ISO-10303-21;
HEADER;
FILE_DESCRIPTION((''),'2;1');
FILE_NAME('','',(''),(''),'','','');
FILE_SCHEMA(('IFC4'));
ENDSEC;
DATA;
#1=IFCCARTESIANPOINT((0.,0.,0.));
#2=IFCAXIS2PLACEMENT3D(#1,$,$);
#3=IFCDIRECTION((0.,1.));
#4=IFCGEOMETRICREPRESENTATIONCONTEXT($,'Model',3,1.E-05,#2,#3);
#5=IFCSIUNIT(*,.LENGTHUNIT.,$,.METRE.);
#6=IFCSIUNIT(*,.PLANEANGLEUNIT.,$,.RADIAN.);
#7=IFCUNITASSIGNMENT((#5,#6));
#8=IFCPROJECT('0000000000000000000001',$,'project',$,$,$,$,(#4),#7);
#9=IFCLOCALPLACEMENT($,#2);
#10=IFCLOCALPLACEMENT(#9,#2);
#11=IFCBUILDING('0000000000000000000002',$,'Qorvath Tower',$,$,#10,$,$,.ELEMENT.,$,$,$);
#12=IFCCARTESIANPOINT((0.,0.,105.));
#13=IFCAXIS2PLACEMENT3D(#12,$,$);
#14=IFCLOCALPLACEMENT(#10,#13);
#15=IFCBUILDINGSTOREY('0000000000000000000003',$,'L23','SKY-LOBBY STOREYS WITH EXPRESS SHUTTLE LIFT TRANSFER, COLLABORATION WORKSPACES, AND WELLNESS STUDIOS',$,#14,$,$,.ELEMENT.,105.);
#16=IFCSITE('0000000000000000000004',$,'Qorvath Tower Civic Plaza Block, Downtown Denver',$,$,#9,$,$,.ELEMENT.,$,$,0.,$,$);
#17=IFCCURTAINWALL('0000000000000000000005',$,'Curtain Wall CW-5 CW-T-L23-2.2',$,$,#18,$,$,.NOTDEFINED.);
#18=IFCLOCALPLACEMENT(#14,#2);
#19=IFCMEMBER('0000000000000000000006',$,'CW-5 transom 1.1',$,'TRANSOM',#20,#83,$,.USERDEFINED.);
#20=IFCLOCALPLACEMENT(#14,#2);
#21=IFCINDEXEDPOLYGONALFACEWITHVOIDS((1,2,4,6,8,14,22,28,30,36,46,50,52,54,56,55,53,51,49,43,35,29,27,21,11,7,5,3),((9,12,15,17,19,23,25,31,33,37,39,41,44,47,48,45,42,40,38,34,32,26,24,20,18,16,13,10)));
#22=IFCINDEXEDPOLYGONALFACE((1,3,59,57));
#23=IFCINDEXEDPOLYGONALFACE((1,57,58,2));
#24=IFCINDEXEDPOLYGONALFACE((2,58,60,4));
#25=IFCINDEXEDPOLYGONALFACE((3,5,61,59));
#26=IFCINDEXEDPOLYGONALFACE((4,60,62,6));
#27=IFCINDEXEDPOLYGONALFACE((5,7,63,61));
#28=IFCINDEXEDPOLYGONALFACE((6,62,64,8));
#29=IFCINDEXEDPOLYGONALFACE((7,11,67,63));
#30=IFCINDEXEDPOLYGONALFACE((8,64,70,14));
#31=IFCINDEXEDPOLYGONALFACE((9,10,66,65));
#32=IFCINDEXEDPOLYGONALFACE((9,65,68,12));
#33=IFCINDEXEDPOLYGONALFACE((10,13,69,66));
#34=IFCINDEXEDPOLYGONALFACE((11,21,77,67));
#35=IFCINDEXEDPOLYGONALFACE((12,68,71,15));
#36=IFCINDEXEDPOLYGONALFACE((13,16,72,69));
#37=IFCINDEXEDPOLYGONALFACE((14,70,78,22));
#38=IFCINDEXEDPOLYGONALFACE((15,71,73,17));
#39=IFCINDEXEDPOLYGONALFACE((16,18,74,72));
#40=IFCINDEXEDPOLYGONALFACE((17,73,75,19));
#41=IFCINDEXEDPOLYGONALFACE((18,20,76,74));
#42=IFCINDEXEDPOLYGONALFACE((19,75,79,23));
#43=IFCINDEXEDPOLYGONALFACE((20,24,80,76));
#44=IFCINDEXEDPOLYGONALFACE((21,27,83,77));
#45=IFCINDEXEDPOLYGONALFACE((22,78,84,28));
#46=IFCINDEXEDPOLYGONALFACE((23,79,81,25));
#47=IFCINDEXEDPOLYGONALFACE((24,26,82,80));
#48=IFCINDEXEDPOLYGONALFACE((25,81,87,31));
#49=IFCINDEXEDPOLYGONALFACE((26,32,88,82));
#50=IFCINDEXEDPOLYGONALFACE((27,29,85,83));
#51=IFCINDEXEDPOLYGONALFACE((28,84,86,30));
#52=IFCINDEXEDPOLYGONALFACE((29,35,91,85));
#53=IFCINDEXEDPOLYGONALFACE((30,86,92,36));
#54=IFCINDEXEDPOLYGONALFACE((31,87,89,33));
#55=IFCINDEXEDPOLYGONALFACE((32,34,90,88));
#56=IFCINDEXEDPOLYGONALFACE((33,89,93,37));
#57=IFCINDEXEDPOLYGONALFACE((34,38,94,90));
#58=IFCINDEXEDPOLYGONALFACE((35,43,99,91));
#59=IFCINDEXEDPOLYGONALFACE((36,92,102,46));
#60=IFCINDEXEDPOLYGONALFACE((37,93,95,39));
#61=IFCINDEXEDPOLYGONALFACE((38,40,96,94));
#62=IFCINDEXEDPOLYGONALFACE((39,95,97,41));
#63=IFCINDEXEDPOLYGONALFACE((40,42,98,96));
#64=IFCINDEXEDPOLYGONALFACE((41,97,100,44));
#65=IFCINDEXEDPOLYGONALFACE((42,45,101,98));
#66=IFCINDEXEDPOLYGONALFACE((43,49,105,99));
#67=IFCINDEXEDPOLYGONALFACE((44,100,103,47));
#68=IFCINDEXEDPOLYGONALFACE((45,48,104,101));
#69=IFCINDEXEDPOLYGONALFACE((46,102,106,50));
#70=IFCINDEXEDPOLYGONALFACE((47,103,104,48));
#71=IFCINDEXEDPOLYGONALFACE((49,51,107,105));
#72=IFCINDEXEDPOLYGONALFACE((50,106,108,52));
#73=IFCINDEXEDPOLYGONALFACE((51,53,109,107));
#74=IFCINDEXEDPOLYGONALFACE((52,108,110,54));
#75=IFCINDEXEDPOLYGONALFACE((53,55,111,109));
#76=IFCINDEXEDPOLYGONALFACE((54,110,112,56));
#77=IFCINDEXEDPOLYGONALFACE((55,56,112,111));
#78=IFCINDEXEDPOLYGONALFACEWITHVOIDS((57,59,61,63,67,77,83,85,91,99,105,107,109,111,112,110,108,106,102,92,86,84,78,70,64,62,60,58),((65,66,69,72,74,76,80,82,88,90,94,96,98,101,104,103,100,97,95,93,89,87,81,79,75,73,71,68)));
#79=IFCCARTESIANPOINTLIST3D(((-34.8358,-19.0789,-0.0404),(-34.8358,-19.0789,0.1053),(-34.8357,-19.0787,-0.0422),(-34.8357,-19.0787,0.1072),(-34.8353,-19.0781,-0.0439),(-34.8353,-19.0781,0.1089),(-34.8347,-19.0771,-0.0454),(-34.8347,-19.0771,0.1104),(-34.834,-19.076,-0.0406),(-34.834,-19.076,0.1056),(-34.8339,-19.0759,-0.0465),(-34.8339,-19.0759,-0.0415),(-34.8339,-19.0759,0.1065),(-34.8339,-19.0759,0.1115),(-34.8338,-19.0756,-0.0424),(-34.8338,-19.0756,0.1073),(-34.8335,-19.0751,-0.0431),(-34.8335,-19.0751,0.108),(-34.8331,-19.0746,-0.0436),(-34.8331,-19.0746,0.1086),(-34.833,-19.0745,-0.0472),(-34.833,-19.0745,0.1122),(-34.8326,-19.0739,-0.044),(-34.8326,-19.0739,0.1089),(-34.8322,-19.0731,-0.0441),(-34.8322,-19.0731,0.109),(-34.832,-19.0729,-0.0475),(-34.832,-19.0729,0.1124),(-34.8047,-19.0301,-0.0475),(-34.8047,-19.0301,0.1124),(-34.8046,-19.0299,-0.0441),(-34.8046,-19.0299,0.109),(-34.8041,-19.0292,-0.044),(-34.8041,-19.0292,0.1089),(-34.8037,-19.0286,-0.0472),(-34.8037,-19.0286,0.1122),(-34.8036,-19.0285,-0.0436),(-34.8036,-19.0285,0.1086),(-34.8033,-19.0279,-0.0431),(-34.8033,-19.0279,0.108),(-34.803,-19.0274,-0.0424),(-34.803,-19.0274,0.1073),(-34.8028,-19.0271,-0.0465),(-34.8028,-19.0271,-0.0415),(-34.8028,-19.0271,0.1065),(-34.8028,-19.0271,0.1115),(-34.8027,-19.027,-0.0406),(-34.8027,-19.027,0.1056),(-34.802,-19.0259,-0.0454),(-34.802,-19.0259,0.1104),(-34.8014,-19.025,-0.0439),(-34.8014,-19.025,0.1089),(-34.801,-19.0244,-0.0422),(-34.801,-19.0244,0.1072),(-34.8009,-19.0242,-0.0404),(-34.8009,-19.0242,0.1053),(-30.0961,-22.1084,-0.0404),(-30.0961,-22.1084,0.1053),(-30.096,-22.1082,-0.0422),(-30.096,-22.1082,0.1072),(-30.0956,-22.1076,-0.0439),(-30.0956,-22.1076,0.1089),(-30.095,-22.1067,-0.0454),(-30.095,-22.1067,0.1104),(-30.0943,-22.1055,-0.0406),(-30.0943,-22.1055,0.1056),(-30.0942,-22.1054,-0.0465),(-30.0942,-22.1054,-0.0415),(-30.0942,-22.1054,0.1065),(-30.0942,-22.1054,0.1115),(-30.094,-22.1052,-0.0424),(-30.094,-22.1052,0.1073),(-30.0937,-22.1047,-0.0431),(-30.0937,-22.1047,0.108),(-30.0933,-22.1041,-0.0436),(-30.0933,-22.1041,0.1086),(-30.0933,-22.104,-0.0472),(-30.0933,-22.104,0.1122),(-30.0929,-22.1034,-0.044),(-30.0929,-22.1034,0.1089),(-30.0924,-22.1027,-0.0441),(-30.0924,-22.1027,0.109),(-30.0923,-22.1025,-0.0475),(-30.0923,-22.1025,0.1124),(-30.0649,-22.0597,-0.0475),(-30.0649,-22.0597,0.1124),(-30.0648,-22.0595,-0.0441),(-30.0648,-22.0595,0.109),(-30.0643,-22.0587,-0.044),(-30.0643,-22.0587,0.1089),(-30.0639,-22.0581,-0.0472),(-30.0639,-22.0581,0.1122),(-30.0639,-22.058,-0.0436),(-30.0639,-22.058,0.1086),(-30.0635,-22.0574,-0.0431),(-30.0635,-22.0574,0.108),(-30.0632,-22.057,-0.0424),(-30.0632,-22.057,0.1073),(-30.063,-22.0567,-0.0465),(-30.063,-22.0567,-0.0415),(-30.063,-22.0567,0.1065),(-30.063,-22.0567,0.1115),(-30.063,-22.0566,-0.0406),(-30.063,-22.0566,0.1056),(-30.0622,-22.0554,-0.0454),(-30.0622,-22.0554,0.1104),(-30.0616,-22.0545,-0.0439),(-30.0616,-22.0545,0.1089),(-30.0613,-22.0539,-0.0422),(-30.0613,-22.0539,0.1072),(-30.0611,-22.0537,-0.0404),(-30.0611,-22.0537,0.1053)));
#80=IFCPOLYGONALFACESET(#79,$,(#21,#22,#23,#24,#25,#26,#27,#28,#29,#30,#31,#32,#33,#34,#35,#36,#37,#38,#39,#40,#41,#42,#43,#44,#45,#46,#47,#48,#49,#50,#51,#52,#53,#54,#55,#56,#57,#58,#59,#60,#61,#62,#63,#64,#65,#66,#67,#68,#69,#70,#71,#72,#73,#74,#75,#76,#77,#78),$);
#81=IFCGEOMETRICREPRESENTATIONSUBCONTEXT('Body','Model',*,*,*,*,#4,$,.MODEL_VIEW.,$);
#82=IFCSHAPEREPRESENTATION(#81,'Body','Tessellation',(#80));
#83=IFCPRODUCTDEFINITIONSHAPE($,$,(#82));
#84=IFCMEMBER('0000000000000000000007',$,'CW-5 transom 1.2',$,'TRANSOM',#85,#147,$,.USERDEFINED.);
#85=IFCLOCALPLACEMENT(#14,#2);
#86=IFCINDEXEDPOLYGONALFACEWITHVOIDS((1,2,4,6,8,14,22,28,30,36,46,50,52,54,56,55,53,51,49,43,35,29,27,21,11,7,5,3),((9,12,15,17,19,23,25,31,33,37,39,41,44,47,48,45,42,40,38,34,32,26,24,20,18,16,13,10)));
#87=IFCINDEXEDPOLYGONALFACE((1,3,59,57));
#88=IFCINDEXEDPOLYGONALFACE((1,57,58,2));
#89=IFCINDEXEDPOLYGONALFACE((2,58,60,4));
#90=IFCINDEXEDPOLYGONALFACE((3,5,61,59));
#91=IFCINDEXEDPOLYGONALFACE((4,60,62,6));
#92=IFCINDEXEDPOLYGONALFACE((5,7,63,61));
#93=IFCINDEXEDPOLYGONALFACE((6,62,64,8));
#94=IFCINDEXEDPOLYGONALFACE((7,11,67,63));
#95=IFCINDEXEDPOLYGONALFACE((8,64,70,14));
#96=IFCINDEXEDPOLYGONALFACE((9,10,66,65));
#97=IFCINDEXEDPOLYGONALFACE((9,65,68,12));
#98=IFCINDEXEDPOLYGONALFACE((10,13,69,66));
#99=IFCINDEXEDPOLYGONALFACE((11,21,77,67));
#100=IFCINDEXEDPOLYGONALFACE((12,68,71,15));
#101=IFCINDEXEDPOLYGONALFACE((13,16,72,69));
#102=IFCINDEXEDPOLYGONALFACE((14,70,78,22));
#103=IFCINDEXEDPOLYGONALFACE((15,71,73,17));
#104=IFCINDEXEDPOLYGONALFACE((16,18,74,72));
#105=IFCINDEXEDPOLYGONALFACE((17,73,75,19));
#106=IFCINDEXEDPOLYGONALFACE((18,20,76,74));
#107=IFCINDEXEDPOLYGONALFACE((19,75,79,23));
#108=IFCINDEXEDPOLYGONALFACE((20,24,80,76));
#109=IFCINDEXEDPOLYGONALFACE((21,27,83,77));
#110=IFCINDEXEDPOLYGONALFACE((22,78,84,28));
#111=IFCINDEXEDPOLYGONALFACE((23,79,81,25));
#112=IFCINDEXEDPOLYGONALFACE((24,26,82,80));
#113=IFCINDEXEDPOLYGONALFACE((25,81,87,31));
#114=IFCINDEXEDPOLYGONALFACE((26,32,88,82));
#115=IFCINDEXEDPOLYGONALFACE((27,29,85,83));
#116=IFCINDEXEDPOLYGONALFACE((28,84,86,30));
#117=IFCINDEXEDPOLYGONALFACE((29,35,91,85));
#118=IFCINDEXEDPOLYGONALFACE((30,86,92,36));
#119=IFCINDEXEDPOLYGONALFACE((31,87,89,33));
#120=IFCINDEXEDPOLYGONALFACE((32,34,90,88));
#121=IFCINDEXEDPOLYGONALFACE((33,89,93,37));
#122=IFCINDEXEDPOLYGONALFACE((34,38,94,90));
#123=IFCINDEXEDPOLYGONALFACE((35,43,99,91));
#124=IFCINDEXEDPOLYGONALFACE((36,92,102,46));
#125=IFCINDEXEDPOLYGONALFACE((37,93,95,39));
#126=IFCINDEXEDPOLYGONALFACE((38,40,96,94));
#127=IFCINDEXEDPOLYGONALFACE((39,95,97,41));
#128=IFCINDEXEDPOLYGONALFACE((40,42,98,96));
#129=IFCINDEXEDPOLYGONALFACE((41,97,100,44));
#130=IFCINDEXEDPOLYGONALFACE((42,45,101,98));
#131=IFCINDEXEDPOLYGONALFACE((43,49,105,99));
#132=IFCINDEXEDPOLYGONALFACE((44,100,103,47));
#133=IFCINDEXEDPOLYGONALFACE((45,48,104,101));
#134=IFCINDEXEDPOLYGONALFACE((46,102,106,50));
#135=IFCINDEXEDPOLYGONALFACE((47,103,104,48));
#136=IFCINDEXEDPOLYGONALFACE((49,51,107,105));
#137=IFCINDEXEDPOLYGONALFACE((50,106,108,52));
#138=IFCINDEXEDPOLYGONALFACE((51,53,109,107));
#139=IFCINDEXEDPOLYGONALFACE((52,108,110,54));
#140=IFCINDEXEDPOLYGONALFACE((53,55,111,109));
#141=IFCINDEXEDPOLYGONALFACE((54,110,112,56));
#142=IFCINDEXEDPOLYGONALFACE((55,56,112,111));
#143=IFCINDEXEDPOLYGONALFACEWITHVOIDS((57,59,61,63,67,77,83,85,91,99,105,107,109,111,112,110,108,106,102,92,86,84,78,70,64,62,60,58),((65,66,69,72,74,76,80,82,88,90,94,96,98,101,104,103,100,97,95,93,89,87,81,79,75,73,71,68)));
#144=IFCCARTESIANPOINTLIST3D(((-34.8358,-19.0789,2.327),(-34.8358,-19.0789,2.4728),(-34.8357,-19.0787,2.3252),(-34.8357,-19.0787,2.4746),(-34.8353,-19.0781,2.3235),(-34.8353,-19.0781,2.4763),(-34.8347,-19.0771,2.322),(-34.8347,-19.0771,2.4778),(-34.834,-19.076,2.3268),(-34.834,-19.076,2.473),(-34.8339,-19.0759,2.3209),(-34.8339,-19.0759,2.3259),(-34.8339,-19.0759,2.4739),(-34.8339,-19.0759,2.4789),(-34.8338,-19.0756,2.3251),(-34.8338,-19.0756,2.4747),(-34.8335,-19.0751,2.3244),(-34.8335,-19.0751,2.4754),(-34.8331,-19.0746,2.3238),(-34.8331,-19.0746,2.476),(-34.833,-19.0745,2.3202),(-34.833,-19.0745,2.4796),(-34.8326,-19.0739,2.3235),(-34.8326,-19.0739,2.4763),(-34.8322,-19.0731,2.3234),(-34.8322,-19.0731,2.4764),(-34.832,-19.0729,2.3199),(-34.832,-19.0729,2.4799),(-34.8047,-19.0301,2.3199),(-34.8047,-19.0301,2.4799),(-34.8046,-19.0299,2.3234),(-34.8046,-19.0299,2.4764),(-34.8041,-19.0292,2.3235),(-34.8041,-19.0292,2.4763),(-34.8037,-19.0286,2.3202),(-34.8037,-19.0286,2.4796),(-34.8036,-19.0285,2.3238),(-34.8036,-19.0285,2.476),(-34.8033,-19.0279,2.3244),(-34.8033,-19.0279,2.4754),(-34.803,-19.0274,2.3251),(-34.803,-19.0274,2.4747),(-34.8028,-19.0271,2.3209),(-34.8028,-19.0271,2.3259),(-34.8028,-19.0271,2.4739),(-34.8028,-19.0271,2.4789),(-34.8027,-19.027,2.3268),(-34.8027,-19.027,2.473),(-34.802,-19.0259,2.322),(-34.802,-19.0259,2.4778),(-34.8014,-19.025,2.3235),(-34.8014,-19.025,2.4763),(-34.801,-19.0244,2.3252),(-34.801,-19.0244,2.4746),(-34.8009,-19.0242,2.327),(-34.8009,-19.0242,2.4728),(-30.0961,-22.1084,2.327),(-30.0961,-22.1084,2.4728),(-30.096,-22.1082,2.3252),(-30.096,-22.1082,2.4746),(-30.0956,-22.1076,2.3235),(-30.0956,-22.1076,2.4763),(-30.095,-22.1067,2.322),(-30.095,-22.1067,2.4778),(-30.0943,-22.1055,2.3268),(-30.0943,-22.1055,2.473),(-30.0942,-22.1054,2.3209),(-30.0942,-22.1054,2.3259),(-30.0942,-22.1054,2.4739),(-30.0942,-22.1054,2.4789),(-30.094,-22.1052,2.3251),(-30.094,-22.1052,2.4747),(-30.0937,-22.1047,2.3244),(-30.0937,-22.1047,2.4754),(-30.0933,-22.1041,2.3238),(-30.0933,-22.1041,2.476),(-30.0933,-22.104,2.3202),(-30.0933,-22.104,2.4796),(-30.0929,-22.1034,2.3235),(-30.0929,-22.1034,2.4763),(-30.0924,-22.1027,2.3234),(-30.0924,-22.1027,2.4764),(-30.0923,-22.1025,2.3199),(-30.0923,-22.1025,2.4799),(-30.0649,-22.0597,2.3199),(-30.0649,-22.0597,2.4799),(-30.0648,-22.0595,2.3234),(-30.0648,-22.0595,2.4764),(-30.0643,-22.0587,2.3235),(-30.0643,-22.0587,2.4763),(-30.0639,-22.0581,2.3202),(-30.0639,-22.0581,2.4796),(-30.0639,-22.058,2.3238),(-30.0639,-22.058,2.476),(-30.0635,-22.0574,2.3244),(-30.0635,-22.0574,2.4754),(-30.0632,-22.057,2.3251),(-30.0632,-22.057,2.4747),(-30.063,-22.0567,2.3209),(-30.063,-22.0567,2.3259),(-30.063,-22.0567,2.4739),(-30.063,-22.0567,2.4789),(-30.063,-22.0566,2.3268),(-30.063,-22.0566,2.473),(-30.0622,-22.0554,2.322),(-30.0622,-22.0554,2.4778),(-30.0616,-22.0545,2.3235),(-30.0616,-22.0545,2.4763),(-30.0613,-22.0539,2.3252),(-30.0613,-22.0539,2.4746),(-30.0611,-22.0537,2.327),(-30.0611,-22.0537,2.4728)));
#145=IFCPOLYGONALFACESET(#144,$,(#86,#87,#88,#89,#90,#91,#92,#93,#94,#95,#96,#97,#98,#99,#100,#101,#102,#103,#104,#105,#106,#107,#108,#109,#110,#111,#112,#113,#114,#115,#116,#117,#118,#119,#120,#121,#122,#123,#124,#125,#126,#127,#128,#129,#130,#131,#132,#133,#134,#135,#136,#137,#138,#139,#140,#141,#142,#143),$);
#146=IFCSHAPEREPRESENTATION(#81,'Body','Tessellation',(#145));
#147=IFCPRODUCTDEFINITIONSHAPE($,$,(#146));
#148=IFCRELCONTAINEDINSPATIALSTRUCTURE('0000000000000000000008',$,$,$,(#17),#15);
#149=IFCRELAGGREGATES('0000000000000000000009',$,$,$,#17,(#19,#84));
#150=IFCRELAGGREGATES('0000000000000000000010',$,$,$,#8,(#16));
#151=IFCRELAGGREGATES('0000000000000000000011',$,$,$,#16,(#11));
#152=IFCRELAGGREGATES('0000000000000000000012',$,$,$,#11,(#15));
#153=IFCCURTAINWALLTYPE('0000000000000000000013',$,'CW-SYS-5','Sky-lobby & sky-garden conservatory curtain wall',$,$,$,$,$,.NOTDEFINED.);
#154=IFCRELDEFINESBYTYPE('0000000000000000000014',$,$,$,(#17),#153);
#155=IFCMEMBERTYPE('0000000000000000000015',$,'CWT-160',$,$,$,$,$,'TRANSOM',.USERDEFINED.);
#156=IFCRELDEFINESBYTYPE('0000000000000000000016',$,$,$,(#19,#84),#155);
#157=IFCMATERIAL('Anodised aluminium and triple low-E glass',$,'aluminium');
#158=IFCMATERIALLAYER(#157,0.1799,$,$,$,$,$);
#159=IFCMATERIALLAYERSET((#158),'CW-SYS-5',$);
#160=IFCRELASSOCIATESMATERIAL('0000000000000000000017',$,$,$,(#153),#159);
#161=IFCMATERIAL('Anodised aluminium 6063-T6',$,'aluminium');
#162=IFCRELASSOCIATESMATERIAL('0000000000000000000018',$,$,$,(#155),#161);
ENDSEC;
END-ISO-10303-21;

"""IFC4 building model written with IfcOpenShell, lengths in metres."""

from ifc_helpers import new_model, si_unit, direction, frame, origin, origin_2d, place, context, subcontext, project, spatial, hollow_rectangle, extrude, material, layer, layer_set, material_profile, profile_set, type_object, element, aggregate, save


model = new_model("IFC4")

# Units and contexts
model_context = context("Model", 3, precision=1e-05, world=origin(), true_north=direction((0.0, 1.0)))
body_context = subcontext(model_context, "Body", "Model", "MODEL_VIEW")
ifc_project = project(units=[si_unit("LENGTHUNIT", "METRE"), si_unit("PLANEANGLEUNIT", "RADIAN")], contexts=[model_context])

# Site, building, storey
site_placement = place(None, origin())
site = spatial("IfcSite", under=ifc_project, at=site_placement, Name="Qorvath Tower Civic Plaza Block, Downtown Denver", CompositionType="ELEMENT", RefElevation=0.0)
building_placement = place(site_placement, origin())
building = spatial("IfcBuilding", under=site, at=building_placement, Name="Qorvath Tower", CompositionType="ELEMENT")
storey_placement = place(building_placement, frame((0.0, 0.0, 105.0)))
storey = spatial("IfcBuildingStorey", under=building, at=storey_placement, Name="L23", Description="SKY-LOBBY STOREYS WITH EXPRESS SHUTTLE LIFT TRANSFER, COLLABORATION WORKSPACES, AND WELLNESS STUDIOS", CompositionType="ELEMENT", Elevation=105.0)

# Shared definitions
ifc_material_1 = material(Name="Anodised aluminium and triple low-E glass", Category="aluminium")
ifc_layer_1 = layer(ifc_material_1, 0.1799)
ifc_layer_set_1 = layer_set([ifc_layer_1], Name="CW-SYS-5")
curtain_wall_type = type_object("IfcCurtainWallType", Name="CW-SYS-5", Description="Sky-lobby & sky-garden conservatory curtain wall", PredefinedType="NOTDEFINED", material=ifc_layer_set_1)

# Curtain wall
curtain_wall_1_placement = place(storey_placement, origin())
curtain_wall_1 = element("IfcCurtainWall", 1, at=curtain_wall_1_placement, inside=storey, type_object=curtain_wall_type, Name="Curtain Wall CW-5 CW-T-L23-2.2", PredefinedType="NOTDEFINED")

# Members
ifc_material_2 = material(Name="Anodised aluminium 6063-T6", Category="aluminium")
ifc_material_profile_1 = material_profile(ifc_material_2, hollow_rectangle(XDim=0.0649, YDim=0.1599, WallThickness=0.0034, InnerFilletRadius=0.0034, OuterFilletRadius=0.0071, at=origin_2d()), Name="CWT 160x65")
ifc_profile_set_1 = profile_set([ifc_material_profile_1], Name="Anodised aluminium 6063-T6")
member_type_1 = type_object("IfcMemberType", Name="CWT-160", ElementType="TRANSOM", PredefinedType="USERDEFINED", material=ifc_profile_set_1)
member_1_placement = place(storey_placement, frame((-34.8184, -19.0515, 0.0325), z_axis=(0.842586, -0.538562, 0.0), x_axis=(0.538562, 0.842586, 0.0)))
member_1 = element("IfcMember", 2, at=member_1_placement, type_object=member_type_1, Name="CW-5 transom 1.1", ObjectType="TRANSOM", PredefinedType="USERDEFINED", context=body_context, shape_type="SweptSolid", body=[
    extrude(hollow_rectangle(XDim=0.0649, YDim=0.1599, WallThickness=0.0034, InnerFilletRadius=0.0034, OuterFilletRadius=0.0071, at=origin_2d()), origin(), (0.0, 0.0, 1.0), 5.6252),
])
member_2_placement = place(storey_placement, frame((-34.8184, -19.0515, 2.3999), z_axis=(0.842586, -0.538562, 0.0), x_axis=(0.538562, 0.842586, 0.0)))
member_2 = element("IfcMember", 3, at=member_2_placement, type_object=member_type_1, Name="CW-5 transom 1.2", ObjectType="TRANSOM", PredefinedType="USERDEFINED", context=body_context, shape_type="SweptSolid", body=[
    extrude(hollow_rectangle(XDim=0.0649, YDim=0.1599, WallThickness=0.0034, InnerFilletRadius=0.0034, OuterFilletRadius=0.0071, at=origin_2d()), origin(), (0.0, 0.0, 1.0), 5.6252),
])
aggregate(curtain_wall_1, [member_1, member_2])

save(model, "model.ifc")
